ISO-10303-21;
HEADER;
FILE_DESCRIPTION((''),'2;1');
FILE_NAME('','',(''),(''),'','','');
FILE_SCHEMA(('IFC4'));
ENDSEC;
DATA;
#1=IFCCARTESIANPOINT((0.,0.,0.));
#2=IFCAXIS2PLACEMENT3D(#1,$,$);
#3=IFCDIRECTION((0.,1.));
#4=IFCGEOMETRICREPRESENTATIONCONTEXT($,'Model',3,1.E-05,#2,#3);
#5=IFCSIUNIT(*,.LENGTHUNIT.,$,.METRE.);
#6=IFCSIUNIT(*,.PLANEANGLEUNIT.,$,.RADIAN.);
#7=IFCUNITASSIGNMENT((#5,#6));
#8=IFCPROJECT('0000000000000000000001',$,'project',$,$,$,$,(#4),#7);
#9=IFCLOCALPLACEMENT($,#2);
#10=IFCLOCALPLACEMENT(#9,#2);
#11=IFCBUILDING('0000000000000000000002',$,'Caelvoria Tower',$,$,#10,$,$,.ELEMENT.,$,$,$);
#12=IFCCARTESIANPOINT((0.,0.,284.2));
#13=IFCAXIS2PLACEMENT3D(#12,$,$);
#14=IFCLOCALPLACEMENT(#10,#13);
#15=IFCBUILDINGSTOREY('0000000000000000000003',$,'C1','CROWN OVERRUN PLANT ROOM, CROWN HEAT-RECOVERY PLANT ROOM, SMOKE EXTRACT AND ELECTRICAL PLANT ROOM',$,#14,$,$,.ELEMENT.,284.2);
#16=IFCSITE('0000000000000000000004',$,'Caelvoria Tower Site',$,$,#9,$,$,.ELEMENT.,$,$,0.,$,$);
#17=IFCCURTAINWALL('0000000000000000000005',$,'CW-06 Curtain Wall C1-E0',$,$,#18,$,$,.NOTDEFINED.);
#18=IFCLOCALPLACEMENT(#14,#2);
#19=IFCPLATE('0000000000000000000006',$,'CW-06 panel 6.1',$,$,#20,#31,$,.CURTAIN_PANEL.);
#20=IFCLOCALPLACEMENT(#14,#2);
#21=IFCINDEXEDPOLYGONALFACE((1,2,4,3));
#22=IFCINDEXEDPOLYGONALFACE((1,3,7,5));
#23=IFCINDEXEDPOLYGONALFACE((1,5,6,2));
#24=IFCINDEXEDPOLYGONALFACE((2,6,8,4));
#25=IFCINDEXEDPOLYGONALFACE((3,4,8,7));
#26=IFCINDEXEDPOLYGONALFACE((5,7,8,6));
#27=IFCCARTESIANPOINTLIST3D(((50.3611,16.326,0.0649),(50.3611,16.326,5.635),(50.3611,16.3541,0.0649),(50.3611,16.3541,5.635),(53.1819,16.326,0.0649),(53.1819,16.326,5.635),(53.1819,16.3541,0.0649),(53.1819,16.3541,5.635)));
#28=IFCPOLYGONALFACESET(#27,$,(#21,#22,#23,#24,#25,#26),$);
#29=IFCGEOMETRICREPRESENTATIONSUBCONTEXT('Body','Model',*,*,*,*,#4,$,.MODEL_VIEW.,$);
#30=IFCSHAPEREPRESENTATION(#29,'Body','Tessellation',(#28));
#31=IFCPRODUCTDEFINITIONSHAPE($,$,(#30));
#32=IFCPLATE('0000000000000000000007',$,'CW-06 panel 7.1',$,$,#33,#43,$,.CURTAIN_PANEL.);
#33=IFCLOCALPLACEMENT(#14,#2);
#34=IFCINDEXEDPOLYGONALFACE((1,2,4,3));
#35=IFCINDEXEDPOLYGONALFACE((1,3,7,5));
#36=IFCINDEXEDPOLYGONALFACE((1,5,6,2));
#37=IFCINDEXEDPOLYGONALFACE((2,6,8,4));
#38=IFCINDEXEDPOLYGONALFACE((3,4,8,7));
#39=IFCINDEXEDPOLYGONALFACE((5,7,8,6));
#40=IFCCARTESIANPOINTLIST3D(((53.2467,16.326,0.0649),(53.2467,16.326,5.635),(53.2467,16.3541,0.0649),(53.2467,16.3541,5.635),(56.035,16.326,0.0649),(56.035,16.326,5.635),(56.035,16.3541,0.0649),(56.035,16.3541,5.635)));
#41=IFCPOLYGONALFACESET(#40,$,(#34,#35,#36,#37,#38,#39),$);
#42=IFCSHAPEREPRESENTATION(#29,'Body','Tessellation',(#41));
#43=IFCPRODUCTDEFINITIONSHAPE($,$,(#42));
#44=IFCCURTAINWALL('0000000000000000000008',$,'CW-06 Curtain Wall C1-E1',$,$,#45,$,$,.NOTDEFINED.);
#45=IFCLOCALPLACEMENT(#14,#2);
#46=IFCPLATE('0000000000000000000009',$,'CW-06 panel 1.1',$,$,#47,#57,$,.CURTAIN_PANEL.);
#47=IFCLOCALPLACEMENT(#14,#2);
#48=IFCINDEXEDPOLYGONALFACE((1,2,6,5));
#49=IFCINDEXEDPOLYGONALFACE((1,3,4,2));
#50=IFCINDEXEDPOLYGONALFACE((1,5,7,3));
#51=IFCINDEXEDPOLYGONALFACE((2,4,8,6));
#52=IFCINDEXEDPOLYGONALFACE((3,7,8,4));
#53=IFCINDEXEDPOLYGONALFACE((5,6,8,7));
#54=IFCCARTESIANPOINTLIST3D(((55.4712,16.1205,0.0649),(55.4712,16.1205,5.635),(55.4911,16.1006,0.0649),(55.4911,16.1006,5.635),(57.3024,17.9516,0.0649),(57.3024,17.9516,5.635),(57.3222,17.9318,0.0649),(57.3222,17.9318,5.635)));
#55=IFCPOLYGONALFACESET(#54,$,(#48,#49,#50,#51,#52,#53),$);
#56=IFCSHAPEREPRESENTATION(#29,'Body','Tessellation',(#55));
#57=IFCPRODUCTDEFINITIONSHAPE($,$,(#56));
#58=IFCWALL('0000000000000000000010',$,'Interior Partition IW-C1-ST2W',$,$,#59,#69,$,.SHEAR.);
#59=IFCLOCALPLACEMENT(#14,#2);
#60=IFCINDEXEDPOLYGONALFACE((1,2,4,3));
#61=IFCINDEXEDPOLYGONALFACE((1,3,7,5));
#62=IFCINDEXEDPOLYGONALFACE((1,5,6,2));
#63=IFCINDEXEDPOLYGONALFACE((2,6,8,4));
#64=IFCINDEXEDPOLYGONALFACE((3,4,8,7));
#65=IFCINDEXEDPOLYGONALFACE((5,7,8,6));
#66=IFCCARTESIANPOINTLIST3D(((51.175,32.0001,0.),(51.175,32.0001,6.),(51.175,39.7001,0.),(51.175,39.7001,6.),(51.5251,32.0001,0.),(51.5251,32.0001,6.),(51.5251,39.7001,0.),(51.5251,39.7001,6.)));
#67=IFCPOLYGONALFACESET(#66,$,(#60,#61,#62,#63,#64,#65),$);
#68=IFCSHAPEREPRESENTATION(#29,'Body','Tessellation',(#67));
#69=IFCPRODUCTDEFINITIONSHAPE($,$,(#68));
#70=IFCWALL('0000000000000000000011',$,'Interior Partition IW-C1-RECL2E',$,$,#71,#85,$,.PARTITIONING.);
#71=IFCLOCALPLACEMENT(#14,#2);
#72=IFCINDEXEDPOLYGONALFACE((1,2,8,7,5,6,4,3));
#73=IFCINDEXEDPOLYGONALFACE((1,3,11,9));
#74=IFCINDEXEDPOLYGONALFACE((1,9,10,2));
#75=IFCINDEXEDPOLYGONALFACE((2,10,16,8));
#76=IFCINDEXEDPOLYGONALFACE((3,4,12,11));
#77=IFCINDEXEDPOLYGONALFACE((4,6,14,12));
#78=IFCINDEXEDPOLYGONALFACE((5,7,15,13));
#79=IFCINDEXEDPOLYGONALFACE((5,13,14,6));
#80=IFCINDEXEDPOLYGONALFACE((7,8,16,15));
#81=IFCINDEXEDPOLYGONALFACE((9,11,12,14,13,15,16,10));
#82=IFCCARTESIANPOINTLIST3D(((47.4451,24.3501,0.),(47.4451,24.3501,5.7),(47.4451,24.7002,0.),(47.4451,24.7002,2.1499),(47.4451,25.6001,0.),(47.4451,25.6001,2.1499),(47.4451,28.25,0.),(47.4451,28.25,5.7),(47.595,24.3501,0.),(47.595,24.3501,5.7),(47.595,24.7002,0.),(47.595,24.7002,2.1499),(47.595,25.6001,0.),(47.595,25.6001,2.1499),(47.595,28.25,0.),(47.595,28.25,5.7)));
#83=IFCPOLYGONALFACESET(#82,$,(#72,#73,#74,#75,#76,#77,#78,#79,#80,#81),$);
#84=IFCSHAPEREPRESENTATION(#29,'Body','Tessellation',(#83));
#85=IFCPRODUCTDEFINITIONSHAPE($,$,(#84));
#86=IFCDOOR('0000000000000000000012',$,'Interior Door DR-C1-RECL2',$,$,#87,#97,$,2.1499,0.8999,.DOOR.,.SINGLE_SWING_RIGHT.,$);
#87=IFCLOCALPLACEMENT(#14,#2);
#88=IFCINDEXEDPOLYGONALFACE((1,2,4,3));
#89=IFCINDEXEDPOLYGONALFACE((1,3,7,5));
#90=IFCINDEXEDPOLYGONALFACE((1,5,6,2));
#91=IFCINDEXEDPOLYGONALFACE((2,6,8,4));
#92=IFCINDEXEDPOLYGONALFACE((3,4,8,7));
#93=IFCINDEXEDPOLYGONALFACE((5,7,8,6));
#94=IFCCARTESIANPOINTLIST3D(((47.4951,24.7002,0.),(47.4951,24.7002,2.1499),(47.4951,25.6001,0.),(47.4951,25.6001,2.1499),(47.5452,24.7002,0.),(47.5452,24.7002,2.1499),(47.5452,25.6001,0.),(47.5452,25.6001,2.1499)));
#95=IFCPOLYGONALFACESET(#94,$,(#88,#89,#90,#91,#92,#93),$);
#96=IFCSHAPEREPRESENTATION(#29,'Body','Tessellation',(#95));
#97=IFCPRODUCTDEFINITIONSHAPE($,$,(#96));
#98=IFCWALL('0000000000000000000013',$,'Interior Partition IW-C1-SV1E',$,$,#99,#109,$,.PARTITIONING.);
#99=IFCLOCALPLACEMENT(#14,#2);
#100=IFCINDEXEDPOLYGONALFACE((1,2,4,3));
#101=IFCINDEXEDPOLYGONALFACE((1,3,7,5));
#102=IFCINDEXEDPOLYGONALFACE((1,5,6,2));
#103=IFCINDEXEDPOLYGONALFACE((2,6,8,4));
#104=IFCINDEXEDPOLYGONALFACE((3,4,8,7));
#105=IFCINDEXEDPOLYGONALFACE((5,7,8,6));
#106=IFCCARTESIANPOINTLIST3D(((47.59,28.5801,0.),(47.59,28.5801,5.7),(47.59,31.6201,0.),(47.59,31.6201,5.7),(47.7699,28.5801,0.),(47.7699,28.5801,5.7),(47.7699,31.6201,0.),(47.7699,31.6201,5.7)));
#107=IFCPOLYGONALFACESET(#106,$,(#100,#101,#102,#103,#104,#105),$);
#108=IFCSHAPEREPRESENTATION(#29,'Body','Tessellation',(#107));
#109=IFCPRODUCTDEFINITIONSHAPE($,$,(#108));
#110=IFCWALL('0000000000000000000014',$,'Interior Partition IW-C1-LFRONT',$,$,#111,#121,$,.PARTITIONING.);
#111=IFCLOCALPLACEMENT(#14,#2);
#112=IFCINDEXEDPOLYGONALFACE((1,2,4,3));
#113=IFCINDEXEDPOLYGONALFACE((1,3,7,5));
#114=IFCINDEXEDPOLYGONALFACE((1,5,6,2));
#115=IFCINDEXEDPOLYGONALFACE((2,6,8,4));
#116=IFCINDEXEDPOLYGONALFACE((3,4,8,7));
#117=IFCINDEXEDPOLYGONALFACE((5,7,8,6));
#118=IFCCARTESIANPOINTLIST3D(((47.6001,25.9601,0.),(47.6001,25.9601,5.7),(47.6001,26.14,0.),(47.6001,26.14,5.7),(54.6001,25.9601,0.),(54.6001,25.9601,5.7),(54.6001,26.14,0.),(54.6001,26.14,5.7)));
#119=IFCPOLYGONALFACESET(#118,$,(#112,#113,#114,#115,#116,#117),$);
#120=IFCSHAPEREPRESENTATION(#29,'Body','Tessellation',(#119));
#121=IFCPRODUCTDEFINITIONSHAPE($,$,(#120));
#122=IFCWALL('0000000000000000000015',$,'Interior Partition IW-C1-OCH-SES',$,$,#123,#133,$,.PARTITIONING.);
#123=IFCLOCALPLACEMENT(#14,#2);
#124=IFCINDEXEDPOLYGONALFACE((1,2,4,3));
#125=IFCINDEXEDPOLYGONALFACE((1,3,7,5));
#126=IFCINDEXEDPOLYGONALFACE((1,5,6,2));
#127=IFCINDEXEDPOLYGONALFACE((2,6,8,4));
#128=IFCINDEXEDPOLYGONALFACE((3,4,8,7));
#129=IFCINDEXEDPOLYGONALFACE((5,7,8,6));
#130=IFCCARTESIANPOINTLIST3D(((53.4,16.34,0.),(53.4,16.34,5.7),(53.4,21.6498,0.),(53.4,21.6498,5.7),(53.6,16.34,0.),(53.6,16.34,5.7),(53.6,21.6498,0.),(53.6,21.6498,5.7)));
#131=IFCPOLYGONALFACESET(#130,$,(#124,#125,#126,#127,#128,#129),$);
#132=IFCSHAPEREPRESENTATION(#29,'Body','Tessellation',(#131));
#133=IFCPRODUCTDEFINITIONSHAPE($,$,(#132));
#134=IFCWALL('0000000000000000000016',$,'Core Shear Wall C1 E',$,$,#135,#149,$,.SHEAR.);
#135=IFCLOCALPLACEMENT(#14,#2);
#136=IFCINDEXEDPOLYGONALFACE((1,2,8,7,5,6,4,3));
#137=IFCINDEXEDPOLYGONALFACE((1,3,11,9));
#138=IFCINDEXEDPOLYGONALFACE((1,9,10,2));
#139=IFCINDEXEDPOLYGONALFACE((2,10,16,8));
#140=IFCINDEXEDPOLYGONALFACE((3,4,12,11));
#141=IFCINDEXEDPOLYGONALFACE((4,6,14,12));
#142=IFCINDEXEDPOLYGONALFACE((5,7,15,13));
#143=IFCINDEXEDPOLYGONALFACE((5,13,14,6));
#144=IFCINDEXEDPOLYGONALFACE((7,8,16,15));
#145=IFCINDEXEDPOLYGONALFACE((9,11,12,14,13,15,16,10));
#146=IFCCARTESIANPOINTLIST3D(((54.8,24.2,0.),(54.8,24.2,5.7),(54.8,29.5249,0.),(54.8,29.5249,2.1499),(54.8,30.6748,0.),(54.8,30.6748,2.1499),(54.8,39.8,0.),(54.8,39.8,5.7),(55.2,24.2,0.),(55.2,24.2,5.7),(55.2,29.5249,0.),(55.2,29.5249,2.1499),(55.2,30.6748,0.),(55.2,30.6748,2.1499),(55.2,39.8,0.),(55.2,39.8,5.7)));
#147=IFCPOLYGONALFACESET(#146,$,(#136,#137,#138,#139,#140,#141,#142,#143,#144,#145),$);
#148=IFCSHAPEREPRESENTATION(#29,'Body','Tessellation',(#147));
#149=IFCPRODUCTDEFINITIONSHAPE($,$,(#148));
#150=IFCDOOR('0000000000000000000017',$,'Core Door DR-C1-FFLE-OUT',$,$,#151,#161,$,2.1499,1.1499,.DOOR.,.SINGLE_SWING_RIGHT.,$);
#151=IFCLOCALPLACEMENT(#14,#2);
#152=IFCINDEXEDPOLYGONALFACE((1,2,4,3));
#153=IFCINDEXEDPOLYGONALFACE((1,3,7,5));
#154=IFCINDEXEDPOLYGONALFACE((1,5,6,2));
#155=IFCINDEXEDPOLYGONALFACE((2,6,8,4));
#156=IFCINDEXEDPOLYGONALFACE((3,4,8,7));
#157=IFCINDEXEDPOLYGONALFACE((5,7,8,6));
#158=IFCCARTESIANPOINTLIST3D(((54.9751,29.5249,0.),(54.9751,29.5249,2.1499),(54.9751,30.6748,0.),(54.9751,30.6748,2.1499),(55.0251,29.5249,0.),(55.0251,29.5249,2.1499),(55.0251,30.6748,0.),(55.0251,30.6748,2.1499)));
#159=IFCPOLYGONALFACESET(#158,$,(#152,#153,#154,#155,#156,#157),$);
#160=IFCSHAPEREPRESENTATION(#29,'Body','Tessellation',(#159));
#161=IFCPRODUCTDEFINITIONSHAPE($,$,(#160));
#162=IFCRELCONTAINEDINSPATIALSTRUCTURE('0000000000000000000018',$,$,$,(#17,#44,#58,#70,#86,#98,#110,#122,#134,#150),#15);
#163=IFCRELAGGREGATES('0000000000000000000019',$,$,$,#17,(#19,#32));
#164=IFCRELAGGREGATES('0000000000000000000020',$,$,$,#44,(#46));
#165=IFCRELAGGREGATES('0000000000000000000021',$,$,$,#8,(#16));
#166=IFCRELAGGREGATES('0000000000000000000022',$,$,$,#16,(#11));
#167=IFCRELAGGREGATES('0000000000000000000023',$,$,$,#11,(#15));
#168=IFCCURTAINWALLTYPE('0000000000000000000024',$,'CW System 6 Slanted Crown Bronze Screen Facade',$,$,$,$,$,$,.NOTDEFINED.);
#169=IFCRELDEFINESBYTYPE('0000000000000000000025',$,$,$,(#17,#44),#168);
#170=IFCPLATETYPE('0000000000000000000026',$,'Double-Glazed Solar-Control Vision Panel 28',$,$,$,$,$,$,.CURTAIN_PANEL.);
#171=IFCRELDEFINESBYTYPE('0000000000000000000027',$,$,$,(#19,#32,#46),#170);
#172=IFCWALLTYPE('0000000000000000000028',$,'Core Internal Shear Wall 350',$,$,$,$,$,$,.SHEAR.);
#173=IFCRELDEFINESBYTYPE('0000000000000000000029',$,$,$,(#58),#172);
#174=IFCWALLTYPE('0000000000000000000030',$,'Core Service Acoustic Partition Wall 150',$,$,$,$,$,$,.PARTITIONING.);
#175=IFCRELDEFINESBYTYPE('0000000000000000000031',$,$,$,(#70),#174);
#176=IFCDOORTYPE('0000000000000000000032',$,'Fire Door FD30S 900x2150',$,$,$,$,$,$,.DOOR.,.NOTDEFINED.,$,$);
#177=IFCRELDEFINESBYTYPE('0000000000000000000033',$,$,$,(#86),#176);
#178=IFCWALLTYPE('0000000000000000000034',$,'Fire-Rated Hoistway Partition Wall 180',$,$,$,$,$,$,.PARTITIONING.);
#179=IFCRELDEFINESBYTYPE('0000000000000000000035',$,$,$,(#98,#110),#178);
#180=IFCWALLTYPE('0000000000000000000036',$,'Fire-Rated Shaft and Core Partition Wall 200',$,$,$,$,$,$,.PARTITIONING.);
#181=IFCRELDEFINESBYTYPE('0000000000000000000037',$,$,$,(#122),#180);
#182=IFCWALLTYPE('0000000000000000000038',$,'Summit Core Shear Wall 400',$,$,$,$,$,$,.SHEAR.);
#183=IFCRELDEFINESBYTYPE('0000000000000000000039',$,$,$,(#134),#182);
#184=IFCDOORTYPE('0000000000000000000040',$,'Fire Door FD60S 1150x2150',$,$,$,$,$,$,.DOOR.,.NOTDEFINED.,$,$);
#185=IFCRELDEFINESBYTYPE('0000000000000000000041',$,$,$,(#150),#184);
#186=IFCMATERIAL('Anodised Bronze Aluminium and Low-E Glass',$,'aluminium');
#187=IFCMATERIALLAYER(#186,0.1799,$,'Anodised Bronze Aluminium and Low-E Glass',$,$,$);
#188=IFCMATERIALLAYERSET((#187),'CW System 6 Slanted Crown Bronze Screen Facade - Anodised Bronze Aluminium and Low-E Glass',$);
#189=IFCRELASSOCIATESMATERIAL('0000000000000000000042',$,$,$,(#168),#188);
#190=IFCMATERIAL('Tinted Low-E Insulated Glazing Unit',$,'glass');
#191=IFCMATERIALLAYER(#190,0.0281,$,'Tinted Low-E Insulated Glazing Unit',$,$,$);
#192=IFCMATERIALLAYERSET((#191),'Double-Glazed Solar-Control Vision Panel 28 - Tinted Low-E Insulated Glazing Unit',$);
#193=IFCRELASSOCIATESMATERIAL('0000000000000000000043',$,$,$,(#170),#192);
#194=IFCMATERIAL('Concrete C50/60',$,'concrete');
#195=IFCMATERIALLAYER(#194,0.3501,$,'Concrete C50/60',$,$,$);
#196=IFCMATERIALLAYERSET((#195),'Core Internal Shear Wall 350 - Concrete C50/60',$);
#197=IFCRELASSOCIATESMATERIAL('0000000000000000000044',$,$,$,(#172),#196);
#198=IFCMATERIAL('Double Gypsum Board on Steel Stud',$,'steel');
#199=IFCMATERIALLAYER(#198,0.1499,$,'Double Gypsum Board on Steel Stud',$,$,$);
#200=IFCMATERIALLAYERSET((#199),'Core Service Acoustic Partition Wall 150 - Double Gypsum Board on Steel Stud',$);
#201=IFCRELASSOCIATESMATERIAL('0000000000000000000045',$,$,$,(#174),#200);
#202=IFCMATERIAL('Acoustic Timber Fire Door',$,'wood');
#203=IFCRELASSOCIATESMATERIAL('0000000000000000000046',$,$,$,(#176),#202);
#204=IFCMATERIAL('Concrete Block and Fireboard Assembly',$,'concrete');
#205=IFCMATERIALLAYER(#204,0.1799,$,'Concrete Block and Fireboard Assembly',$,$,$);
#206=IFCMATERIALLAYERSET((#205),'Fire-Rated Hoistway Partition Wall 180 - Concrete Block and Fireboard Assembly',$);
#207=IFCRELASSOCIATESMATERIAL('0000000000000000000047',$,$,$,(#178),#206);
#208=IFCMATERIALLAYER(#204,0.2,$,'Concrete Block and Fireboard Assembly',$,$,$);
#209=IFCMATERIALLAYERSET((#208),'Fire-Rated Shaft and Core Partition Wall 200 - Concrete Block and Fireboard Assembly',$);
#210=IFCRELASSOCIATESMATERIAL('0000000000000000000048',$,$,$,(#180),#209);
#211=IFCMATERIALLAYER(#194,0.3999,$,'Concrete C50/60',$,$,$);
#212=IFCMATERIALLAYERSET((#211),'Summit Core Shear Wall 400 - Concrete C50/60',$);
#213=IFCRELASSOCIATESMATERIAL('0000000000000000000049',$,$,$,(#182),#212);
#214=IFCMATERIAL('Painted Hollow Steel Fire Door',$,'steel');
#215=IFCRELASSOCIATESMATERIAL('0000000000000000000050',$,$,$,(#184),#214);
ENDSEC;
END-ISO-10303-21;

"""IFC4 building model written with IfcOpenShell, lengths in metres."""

from ifc_helpers import new_model, si_unit, direction, frame, frame_2d, origin, origin_2d, place, context, subcontext, project, spatial, rectangle, extrude, material, layer, layer_set, type_object, element, fill, aggregate, save


model = new_model("IFC4")

# Units and contexts
model_context = context("Model", 3, precision=1e-05, world=origin(), true_north=direction((0.0, 1.0)))
body_context = subcontext(model_context, "Body", "Model", "MODEL_VIEW")
ifc_project = project(units=[si_unit("LENGTHUNIT", "METRE"), si_unit("PLANEANGLEUNIT", "RADIAN")], contexts=[model_context])

# Site, building, storey
site_placement = place(None, origin())
site = spatial("IfcSite", under=ifc_project, at=site_placement, Name="Caelvoria Tower Site", CompositionType="ELEMENT", RefElevation=0.0)
building_placement = place(site_placement, origin())
building = spatial("IfcBuilding", under=site, at=building_placement, Name="Caelvoria Tower", CompositionType="ELEMENT")
storey_placement = place(building_placement, frame((0.0, 0.0, 284.2)))
storey = spatial("IfcBuildingStorey", under=building, at=storey_placement, Name="C1", Description="CROWN OVERRUN PLANT ROOM, CROWN HEAT-RECOVERY PLANT ROOM, SMOKE EXTRACT AND ELECTRICAL PLANT ROOM", CompositionType="ELEMENT", Elevation=284.2)

# Curtain wall
ifc_material_1 = material(Name="Anodised Bronze Aluminium and Low-E Glass", Category="aluminium")
ifc_layer_1 = layer(ifc_material_1, 0.1799, Name="Anodised Bronze Aluminium and Low-E Glass")
ifc_layer_set_1 = layer_set([ifc_layer_1], Name="CW System 6 Slanted Crown Bronze Screen Facade - Anodised Bronze Aluminium and Low-E Glass")
curtain_wall_type = type_object("IfcCurtainWallType", Name="CW System 6 Slanted Crown Bronze Screen Facade", PredefinedType="NOTDEFINED", material=ifc_layer_set_1)
curtain_wall_1_placement = place(storey_placement, origin())
curtain_wall_1 = element("IfcCurtainWall", 1, at=curtain_wall_1_placement, inside=storey, type_object=curtain_wall_type, Name="CW-06 Curtain Wall C1-E0", PredefinedType="NOTDEFINED")

# Plates
ifc_material_2 = material(Name="Tinted Low-E Insulated Glazing Unit", Category="glass")
ifc_layer_2 = layer(ifc_material_2, 0.0281, Name="Tinted Low-E Insulated Glazing Unit")
ifc_layer_set_2 = layer_set([ifc_layer_2], Name="Double-Glazed Solar-Control Vision Panel 28 - Tinted Low-E Insulated Glazing Unit")
plate_type = type_object("IfcPlateType", Name="Double-Glazed Solar-Control Vision Panel 28", PredefinedType="CURTAIN_PANEL", material=ifc_layer_set_2)
plate_1_placement = place(storey_placement, frame((51.7715, 16.3401, 0.0649), z_axis=(0.0, 0.0, 1.0), x_axis=(1.0, 0.0, 0.0)))
plate_1 = element("IfcPlate", 2, at=plate_1_placement, type_object=plate_type, Name="CW-06 panel 6.1", PredefinedType="CURTAIN_PANEL", context=body_context, shape_type="SweptSolid", body=[
    extrude(rectangle(XDim=2.8208, YDim=0.0281, at=origin_2d()), origin(), (0.0, 0.0, 1.0), 5.5701),
])
plate_2_placement = place(storey_placement, frame((54.6409, 16.3401, 0.0649), z_axis=(0.0, 0.0, 1.0), x_axis=(1.0, 0.0, 0.0)))
plate_2 = element("IfcPlate", 3, at=plate_2_placement, type_object=plate_type, Name="CW-06 panel 7.1", PredefinedType="CURTAIN_PANEL", context=body_context, shape_type="SweptSolid", body=[
    extrude(rectangle(XDim=2.7883, YDim=0.0281, at=origin_2d()), origin(), (0.0, 0.0, 1.0), 5.5701),
])
aggregate(curtain_wall_1, [plate_1, plate_2])

# Curtain wall, plate
curtain_wall_2_placement = place(storey_placement, origin())
curtain_wall_2 = element("IfcCurtainWall", 4, at=curtain_wall_2_placement, inside=storey, type_object=curtain_wall_type, Name="CW-06 Curtain Wall C1-E1", PredefinedType="NOTDEFINED")
plate_3_placement = place(storey_placement, frame((56.3967, 17.0261, 0.0649), z_axis=(0.0, 0.0, 1.0), x_axis=(0.707107, 0.707107, 0.0)))
plate_3 = element("IfcPlate", 5, at=plate_3_placement, type_object=plate_type, Name="CW-06 panel 1.1", PredefinedType="CURTAIN_PANEL", context=body_context, shape_type="SweptSolid", body=[
    extrude(rectangle(XDim=2.5896, YDim=0.0281, at=origin_2d()), origin(), (0.0, 0.0, 1.0), 5.5701),
])
aggregate(curtain_wall_2, [plate_3])

# Wall
ifc_material_3 = material(Name="Concrete C50/60", Category="concrete")
ifc_layer_3 = layer(ifc_material_3, 0.3501, Name="Concrete C50/60")
ifc_layer_set_3 = layer_set([ifc_layer_3], Name="Core Internal Shear Wall 350 - Concrete C50/60")
wall_type_1 = type_object("IfcWallType", Name="Core Internal Shear Wall 350", PredefinedType="SHEAR", material=ifc_layer_set_3)
wall_1_placement = place(storey_placement, frame((51.3501, 32.0, 0.0), z_axis=(0.0, 0.0, 1.0), x_axis=(0.0, 1.0, 0.0)))
element("IfcWall", 6, at=wall_1_placement, inside=storey, type_object=wall_type_1, Name="Interior Partition IW-C1-ST2W", PredefinedType="SHEAR", context=body_context, shape_type="SweptSolid", body=[
    extrude(rectangle(XDim=7.7, YDim=0.3501, at=frame_2d((3.8501, 0.0))), origin(), (0.0, 0.0, 1.0), 6.0),
])

# Wall, opening, door
ifc_material_4 = material(Name="Double Gypsum Board on Steel Stud", Category="steel")
ifc_layer_4 = layer(ifc_material_4, 0.1499, Name="Double Gypsum Board on Steel Stud")
ifc_layer_set_4 = layer_set([ifc_layer_4], Name="Core Service Acoustic Partition Wall 150 - Double Gypsum Board on Steel Stud")
wall_type_2 = type_object("IfcWallType", Name="Core Service Acoustic Partition Wall 150", PredefinedType="PARTITIONING", material=ifc_layer_set_4)
wall_2_placement = place(storey_placement, frame((47.52, 24.3501, 0.0), z_axis=(0.0, 0.0, 1.0), x_axis=(0.0, 1.0, 0.0)))
wall_2 = element("IfcWall", 7, at=wall_2_placement, inside=storey, type_object=wall_type_2, Name="Interior Partition IW-C1-RECL2E", PredefinedType="PARTITIONING", context=body_context, shape_type="SweptSolid", body=[
    extrude(rectangle(XDim=3.8999, YDim=0.1499, at=frame_2d((1.95, 0.0))), origin(), (0.0, 0.0, 1.0), 5.7),
])
opening_1_placement = place(wall_2_placement, frame((0.3501, 0.0, 0.0)))
opening_1 = element("IfcOpeningElement", 8, at=opening_1_placement, cuts=wall_2, PredefinedType="OPENING", context=body_context, shape_type="SweptSolid", body=[
    extrude(rectangle(XDim=0.8999, YDim=2.1499, at=frame_2d((0.45, 1.075))), frame((0.0, 0.085, 0.0), z_axis=(0.0, -1.0, 0.0), x_axis=(1.0, 0.0, 0.0)), (0.0, 0.0, 1.0), 0.1699),
])
ifc_material_5 = material(Name="Acoustic Timber Fire Door", Category="wood")
door_type_1 = type_object("IfcDoorType", Name="Fire Door FD30S 900x2150", OperationType="NOTDEFINED", PredefinedType="DOOR", material=ifc_material_5)
door_1_placement = place(opening_1_placement, origin())
door_1 = element("IfcDoor", 9, at=door_1_placement, inside=storey, type_object=door_type_1, Name="Interior Door DR-C1-RECL2", OperationType="SINGLE_SWING_RIGHT", OverallHeight=2.1499, OverallWidth=0.8999, PredefinedType="DOOR", context=body_context, shape_type="SweptSolid", body=[
    extrude(rectangle(XDim=0.8999, YDim=2.1499, at=frame_2d((0.45, 1.075))), frame((0.0, 0.0249, 0.0), z_axis=(0.0, -1.0, 0.0), x_axis=(1.0, 0.0, 0.0)), (0.0, 0.0, 1.0), 0.05),
])
fill(opening_1, door_1)

# Walls
ifc_material_6 = material(Name="Concrete Block and Fireboard Assembly", Category="concrete")
ifc_layer_5 = layer(ifc_material_6, 0.1799, Name="Concrete Block and Fireboard Assembly")
ifc_layer_set_5 = layer_set([ifc_layer_5], Name="Fire-Rated Hoistway Partition Wall 180 - Concrete Block and Fireboard Assembly")
wall_type_3 = type_object("IfcWallType", Name="Fire-Rated Hoistway Partition Wall 180", PredefinedType="PARTITIONING", material=ifc_layer_set_5)
wall_3_placement = place(storey_placement, frame((47.6799, 28.5801, 0.0), z_axis=(0.0, 0.0, 1.0), x_axis=(0.0, 1.0, 0.0)))
element("IfcWall", 10, at=wall_3_placement, inside=storey, type_object=wall_type_3, Name="Interior Partition IW-C1-SV1E", PredefinedType="PARTITIONING", context=body_context, shape_type="SweptSolid", body=[
    extrude(rectangle(XDim=3.04, YDim=0.1799, at=frame_2d((1.52, 0.0))), origin(), (0.0, 0.0, 1.0), 5.7),
])
wall_4_placement = place(storey_placement, frame((47.6001, 26.05, 0.0), z_axis=(0.0, 0.0, 1.0), x_axis=(1.0, 0.0, 0.0)))
element("IfcWall", 11, at=wall_4_placement, inside=storey, type_object=wall_type_3, Name="Interior Partition IW-C1-LFRONT", PredefinedType="PARTITIONING", context=body_context, shape_type="SweptSolid", body=[
    extrude(rectangle(XDim=7.0, YDim=0.1799, at=frame_2d((3.5, 0.0))), origin(), (0.0, 0.0, 1.0), 5.7),
])

# Shared definitions
ifc_layer_6 = layer(ifc_material_6, 0.2, Name="Concrete Block and Fireboard Assembly")
ifc_layer_set_6 = layer_set([ifc_layer_6], Name="Fire-Rated Shaft and Core Partition Wall 200 - Concrete Block and Fireboard Assembly")
wall_type_4 = type_object("IfcWallType", Name="Fire-Rated Shaft and Core Partition Wall 200", PredefinedType="PARTITIONING", material=ifc_layer_set_6)

# Wall
wall_5_placement = place(storey_placement, frame((53.5, 16.3401, 0.0), z_axis=(0.0, 0.0, 1.0), x_axis=(0.0, 1.0, 0.0)))
element("IfcWall", 12, at=wall_5_placement, inside=storey, type_object=wall_type_4, Name="Interior Partition IW-C1-OCH-SES", PredefinedType="PARTITIONING", context=body_context, shape_type="SweptSolid", body=[
    extrude(rectangle(XDim=5.3098, YDim=0.2, at=frame_2d((2.6548, 0.0))), origin(), (0.0, 0.0, 1.0), 5.7),
])

# Wall, opening, door
ifc_layer_7 = layer(ifc_material_3, 0.3999, Name="Concrete C50/60")
ifc_layer_set_7 = layer_set([ifc_layer_7], Name="Summit Core Shear Wall 400 - Concrete C50/60")
wall_type_5 = type_object("IfcWallType", Name="Summit Core Shear Wall 400", PredefinedType="SHEAR", material=ifc_layer_set_7)
wall_6_placement = place(storey_placement, frame((55.0, 24.2, 0.0), z_axis=(0.0, 0.0, 1.0), x_axis=(0.0, 1.0, 0.0)))
wall_6 = element("IfcWall", 13, at=wall_6_placement, inside=storey, type_object=wall_type_5, Name="Core Shear Wall C1 E", PredefinedType="SHEAR", context=body_context, shape_type="SweptSolid", body=[
    extrude(rectangle(XDim=15.6001, YDim=0.3999, at=frame_2d((7.8, 0.0))), origin(), (0.0, 0.0, 1.0), 5.7),
])
opening_2_placement = place(wall_6_placement, frame((5.325, 0.0, 0.0)))
opening_2 = element("IfcOpeningElement", 14, at=opening_2_placement, cuts=wall_6, PredefinedType="OPENING", context=body_context, shape_type="SweptSolid", body=[
    extrude(rectangle(XDim=1.1499, YDim=2.1499, at=frame_2d((0.575, 1.075))), frame((0.0, 0.21, 0.0), z_axis=(0.0, -1.0, 0.0), x_axis=(1.0, 0.0, 0.0)), (0.0, 0.0, 1.0), 0.4199),
])
ifc_material_7 = material(Name="Painted Hollow Steel Fire Door", Category="steel")
door_type_2 = type_object("IfcDoorType", Name="Fire Door FD60S 1150x2150", OperationType="NOTDEFINED", PredefinedType="DOOR", material=ifc_material_7)
door_2_placement = place(opening_2_placement, origin())
door_2 = element("IfcDoor", 15, at=door_2_placement, inside=storey, type_object=door_type_2, Name="Core Door DR-C1-FFLE-OUT", OperationType="SINGLE_SWING_RIGHT", OverallHeight=2.1499, OverallWidth=1.1499, PredefinedType="DOOR", context=body_context, shape_type="SweptSolid", body=[
    extrude(rectangle(XDim=1.1499, YDim=2.1499, at=frame_2d((0.575, 1.075))), frame((0.0, 0.0249, 0.0), z_axis=(0.0, -1.0, 0.0), x_axis=(1.0, 0.0, 0.0)), (0.0, 0.0, 1.0), 0.05),
])
fill(opening_2, door_2)

save(model, "model.ifc")
